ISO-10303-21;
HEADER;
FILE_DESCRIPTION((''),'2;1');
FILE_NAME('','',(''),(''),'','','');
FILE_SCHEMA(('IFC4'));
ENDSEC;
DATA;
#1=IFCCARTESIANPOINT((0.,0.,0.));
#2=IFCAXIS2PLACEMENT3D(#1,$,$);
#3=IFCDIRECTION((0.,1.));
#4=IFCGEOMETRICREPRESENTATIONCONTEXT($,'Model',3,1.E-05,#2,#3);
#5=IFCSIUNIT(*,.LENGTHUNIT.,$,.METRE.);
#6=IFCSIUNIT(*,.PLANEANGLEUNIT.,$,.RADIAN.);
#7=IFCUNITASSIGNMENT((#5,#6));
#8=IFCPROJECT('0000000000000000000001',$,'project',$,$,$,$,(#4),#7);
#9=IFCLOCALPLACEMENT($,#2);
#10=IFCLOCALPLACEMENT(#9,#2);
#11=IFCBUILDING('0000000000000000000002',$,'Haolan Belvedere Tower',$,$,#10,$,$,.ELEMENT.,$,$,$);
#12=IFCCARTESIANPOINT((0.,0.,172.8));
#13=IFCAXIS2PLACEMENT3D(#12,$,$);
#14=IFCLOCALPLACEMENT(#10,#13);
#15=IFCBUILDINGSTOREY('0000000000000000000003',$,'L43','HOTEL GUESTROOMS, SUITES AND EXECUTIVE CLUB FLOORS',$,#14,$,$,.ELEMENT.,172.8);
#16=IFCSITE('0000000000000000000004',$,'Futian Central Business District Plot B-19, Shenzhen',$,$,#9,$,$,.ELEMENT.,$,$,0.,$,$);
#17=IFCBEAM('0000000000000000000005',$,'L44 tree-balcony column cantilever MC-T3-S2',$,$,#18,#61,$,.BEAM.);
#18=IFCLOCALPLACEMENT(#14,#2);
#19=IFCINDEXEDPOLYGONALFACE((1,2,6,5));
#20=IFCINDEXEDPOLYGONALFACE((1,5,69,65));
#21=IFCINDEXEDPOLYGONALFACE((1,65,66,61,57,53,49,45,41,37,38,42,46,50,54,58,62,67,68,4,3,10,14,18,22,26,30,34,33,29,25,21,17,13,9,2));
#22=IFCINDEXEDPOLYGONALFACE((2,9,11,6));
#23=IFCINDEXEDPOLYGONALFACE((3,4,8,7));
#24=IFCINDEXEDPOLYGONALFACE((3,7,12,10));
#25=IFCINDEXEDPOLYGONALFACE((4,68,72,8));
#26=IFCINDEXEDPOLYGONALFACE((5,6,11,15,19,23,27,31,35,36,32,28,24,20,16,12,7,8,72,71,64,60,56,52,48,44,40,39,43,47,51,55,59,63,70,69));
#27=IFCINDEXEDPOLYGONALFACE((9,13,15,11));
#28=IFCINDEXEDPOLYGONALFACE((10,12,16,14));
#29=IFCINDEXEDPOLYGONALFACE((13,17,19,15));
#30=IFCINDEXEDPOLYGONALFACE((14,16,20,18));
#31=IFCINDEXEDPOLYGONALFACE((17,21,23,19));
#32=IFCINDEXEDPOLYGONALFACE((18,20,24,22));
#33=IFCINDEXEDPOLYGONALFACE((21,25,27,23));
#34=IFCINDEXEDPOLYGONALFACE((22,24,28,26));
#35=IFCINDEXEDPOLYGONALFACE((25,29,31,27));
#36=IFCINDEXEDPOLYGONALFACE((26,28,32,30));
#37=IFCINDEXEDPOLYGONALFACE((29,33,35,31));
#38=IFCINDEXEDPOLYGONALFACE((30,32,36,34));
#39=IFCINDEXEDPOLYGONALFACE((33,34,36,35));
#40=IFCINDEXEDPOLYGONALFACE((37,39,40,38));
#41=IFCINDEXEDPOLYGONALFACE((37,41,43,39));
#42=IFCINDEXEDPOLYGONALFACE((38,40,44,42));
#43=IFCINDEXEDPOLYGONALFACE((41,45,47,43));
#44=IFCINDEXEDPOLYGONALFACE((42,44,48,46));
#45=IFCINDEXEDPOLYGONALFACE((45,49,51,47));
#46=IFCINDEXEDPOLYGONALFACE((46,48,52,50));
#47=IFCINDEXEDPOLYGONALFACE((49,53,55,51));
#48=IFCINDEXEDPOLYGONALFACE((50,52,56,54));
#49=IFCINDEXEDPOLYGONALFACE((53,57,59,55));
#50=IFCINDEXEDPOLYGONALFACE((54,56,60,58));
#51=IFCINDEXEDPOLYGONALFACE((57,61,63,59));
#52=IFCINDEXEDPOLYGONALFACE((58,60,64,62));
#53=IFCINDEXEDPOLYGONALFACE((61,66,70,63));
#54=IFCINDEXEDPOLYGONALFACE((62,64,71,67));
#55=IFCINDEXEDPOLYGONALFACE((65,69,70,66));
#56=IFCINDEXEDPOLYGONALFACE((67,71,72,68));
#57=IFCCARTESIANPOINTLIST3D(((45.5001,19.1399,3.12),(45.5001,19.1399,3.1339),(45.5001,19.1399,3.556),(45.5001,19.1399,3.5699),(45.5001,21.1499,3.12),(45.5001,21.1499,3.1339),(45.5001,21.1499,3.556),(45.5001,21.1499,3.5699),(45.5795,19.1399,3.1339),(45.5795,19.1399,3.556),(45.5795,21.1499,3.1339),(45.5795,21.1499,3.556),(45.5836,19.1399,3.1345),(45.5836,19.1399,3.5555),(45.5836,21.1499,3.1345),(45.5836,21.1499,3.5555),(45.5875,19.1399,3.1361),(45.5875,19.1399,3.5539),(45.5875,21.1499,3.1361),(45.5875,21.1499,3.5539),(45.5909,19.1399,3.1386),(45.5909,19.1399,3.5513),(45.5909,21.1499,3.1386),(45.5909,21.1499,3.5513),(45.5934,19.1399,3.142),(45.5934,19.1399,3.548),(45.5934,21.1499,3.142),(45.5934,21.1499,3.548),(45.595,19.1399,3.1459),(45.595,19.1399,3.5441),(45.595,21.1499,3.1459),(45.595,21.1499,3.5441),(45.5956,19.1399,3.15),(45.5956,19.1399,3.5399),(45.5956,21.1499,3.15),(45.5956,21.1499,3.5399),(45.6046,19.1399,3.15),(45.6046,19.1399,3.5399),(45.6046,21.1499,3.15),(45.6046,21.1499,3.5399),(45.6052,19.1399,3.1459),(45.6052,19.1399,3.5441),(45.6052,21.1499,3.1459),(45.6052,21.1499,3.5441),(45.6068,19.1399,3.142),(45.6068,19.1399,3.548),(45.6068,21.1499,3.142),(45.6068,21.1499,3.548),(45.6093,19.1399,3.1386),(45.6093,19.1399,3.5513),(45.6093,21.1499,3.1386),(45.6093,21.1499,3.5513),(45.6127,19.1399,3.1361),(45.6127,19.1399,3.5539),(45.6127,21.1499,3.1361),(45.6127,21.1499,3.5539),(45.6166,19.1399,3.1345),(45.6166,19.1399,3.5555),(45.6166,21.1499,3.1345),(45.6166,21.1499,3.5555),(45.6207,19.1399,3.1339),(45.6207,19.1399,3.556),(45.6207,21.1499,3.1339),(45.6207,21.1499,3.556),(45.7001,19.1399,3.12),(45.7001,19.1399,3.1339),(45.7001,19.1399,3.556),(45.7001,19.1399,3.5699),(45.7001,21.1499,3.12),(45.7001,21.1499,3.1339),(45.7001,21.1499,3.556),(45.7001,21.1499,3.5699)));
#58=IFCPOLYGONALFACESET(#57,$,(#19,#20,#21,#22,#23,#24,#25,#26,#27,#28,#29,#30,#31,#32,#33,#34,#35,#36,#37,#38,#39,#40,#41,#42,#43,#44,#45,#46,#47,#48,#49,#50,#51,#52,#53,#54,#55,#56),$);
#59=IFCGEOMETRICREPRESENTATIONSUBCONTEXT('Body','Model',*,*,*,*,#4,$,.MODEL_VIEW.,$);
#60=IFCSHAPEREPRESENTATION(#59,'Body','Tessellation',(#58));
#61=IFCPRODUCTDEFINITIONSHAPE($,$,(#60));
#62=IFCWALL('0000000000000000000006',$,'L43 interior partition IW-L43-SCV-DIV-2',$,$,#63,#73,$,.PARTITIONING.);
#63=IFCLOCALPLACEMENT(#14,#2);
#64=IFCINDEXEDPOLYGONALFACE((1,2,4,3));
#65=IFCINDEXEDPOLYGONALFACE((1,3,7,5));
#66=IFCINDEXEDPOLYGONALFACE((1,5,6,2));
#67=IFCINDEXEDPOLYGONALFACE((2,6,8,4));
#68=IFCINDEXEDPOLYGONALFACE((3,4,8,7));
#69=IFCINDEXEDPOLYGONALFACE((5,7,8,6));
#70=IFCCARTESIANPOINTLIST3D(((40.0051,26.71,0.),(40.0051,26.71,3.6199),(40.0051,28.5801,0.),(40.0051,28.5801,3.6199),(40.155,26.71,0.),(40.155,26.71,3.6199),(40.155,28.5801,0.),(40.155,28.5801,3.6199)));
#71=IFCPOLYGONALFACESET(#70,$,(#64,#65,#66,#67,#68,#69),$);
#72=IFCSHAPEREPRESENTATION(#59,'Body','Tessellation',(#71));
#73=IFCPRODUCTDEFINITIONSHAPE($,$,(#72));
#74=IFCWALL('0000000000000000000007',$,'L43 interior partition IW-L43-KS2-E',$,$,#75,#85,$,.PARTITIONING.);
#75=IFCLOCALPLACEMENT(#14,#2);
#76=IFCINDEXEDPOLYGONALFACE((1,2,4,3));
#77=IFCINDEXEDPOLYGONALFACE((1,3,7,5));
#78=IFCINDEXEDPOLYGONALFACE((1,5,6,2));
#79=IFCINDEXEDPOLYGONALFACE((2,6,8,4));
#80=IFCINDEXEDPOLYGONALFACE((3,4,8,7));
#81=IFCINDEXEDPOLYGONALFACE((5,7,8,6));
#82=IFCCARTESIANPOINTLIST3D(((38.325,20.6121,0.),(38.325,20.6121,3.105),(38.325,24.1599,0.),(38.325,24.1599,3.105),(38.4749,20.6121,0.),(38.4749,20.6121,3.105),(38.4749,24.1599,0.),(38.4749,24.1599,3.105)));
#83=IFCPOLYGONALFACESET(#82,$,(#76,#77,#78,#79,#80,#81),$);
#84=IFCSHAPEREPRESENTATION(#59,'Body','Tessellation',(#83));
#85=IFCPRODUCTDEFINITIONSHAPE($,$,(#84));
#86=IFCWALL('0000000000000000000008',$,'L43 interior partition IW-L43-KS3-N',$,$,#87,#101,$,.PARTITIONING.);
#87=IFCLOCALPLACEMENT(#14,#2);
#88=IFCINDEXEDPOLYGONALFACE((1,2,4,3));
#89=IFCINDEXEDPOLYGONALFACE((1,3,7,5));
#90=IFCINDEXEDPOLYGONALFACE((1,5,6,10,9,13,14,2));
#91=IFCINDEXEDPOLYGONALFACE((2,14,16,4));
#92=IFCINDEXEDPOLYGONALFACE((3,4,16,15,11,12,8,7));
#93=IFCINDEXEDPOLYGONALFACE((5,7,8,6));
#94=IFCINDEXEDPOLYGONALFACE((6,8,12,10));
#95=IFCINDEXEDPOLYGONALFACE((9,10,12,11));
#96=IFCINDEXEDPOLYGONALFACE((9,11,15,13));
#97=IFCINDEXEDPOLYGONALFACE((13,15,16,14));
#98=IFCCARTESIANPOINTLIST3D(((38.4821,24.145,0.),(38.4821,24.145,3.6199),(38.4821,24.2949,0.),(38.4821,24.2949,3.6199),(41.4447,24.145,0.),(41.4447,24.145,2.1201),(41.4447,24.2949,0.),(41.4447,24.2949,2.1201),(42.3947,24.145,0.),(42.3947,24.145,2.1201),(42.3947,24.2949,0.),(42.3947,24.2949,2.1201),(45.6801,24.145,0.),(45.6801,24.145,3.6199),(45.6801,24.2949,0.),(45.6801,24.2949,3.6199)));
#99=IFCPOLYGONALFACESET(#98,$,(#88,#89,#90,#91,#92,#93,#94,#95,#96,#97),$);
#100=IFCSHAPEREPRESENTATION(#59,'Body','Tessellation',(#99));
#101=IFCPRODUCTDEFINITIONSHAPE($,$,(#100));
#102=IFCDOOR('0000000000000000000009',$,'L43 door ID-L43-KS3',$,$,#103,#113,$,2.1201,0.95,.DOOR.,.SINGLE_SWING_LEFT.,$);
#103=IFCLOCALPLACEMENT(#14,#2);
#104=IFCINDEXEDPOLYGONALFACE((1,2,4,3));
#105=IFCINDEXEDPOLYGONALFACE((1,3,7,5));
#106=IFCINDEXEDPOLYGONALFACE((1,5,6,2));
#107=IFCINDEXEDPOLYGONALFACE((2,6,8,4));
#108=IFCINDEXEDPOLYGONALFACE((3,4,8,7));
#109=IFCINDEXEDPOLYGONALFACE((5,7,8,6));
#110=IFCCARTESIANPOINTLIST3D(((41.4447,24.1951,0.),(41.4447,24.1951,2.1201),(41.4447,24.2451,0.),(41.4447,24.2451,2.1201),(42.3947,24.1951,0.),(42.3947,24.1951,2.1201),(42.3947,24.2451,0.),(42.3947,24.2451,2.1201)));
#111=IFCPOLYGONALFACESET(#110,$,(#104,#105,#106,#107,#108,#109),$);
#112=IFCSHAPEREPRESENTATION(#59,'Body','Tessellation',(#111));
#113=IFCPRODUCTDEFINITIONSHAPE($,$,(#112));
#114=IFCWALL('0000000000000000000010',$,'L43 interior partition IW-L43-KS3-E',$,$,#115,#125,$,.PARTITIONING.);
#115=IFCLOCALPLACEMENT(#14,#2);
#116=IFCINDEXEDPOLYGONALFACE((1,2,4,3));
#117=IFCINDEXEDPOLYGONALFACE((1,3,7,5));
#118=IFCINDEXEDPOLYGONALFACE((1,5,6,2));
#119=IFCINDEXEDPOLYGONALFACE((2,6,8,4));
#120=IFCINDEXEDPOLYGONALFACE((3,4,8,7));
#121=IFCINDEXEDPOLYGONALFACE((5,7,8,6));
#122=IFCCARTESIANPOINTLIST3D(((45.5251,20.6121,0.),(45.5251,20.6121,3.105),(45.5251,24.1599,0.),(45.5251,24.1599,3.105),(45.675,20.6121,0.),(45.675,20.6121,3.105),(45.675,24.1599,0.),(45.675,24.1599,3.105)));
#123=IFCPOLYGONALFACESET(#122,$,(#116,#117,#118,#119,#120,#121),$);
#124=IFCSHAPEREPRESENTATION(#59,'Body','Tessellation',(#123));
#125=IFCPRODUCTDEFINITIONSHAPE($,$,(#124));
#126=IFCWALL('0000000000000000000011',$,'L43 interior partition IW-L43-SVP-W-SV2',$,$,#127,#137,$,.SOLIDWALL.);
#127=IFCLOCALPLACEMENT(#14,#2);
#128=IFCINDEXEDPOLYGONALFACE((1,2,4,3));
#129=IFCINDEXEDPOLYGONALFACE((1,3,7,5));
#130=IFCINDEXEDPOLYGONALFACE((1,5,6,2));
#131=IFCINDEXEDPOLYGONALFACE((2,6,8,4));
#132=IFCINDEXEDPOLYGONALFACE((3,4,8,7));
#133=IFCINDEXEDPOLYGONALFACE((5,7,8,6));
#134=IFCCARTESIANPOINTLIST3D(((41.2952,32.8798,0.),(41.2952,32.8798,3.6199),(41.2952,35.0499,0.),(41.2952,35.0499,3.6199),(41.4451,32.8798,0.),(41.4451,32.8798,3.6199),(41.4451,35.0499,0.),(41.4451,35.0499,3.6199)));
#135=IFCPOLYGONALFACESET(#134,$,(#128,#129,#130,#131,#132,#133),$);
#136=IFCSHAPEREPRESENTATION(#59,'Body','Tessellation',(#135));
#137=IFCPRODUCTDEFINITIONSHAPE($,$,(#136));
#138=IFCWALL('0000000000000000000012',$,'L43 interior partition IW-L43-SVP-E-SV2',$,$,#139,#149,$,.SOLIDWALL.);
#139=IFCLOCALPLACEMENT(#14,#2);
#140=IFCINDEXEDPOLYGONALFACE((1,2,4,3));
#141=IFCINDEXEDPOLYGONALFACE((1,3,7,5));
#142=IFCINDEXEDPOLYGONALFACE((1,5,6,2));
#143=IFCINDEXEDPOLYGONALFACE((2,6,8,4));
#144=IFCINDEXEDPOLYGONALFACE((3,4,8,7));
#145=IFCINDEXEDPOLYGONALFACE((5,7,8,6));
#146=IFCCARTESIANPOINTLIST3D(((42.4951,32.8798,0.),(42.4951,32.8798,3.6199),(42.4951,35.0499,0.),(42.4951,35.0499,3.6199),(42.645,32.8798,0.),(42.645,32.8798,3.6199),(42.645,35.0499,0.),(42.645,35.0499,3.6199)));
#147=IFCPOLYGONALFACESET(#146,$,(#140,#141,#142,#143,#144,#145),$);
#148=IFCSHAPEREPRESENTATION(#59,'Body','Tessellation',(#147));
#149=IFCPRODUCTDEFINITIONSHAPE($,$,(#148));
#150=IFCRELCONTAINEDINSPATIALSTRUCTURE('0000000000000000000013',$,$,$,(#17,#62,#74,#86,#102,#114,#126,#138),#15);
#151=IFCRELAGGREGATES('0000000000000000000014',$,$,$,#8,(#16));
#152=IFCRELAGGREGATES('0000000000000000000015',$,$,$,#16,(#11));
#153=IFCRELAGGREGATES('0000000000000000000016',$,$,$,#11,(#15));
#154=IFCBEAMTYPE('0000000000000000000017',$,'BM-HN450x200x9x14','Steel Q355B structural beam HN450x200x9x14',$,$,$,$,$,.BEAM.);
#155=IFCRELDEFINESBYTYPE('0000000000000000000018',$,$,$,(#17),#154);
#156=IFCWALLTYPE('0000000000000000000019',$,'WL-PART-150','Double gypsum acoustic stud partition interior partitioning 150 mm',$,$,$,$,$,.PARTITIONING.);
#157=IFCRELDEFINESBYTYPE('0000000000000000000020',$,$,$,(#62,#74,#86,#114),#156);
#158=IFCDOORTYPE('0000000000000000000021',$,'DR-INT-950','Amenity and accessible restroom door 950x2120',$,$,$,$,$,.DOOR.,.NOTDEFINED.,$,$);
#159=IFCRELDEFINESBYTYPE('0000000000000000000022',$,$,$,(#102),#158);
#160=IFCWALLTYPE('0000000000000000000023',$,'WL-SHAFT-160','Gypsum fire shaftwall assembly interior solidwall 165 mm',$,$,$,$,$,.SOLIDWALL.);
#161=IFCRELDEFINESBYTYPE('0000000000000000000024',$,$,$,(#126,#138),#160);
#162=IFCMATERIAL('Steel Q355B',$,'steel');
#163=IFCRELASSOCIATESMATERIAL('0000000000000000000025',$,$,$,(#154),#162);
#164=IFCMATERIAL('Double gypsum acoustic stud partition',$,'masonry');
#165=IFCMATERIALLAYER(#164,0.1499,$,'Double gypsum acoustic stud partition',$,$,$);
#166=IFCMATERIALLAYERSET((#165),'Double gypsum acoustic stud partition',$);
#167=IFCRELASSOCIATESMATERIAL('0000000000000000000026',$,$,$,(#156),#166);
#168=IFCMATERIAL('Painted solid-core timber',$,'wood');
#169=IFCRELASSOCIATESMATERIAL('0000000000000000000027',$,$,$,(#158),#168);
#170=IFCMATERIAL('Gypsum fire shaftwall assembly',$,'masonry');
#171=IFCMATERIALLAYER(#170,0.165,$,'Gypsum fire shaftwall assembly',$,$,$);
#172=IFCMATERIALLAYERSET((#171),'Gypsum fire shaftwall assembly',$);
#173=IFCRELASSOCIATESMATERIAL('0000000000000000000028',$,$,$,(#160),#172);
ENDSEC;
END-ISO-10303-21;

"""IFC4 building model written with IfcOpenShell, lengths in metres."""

from ifc_helpers import new_model, si_unit, direction, frame, frame_2d, origin, origin_2d, place, context, subcontext, project, spatial, rectangle, i_section, extrude, material, layer, layer_set, material_profile, profile_set, type_object, element, fill, save


model = new_model("IFC4")

# Units and contexts
model_context = context("Model", 3, precision=1e-05, world=origin(), true_north=direction((0.0, 1.0)))
body_context = subcontext(model_context, "Body", "Model", "MODEL_VIEW")
ifc_project = project(units=[si_unit("LENGTHUNIT", "METRE"), si_unit("PLANEANGLEUNIT", "RADIAN")], contexts=[model_context])

# Site, building, storey
site_placement = place(None, origin())
site = spatial("IfcSite", under=ifc_project, at=site_placement, Name="Futian Central Business District Plot B-19, Shenzhen", CompositionType="ELEMENT", RefElevation=0.0)
building_placement = place(site_placement, origin())
building = spatial("IfcBuilding", under=site, at=building_placement, Name="Haolan Belvedere Tower", CompositionType="ELEMENT")
storey_placement = place(building_placement, frame((0.0, 0.0, 172.8)))
storey = spatial("IfcBuildingStorey", under=building, at=storey_placement, Name="L43", Description="HOTEL GUESTROOMS, SUITES AND EXECUTIVE CLUB FLOORS", CompositionType="ELEMENT", Elevation=172.8)

# Beam
ifc_material_1 = material(Name="Steel Q355B", Category="steel")
ifc_material_profile_1 = material_profile(ifc_material_1, i_section(OverallWidth=0.2, OverallDepth=0.45, WebThickness=0.009, FlangeThickness=0.0139, FilletRadius=0.0161, at=origin_2d()), Name="Steel Q355B")
ifc_profile_set_1 = profile_set([ifc_material_profile_1], Name="Steel Q355B")
beam_type_1 = type_object("IfcBeamType", Name="BM-HN450x200x9x14", Description="Steel Q355B structural beam HN450x200x9x14", PredefinedType="BEAM", material=ifc_profile_set_1)
beam_1_placement = place(storey_placement, frame((45.6001, 21.1499, 3.345), z_axis=(0.0, -1.0, 0.0), x_axis=(1.0, 0.0, 0.0)))
element("IfcBeam", 1, at=beam_1_placement, inside=storey, type_object=beam_type_1, Name="L44 tree-balcony column cantilever MC-T3-S2", PredefinedType="BEAM", context=body_context, shape_type="SweptSolid", body=[
    extrude(i_section(OverallWidth=0.2, OverallDepth=0.45, WebThickness=0.009, FlangeThickness=0.0139, FilletRadius=0.0161, at=origin_2d()), origin(), (0.0, 0.0, 1.0), 2.01),
])

# Walls
ifc_material_2 = material(Name="Double gypsum acoustic stud partition", Category="masonry")
ifc_layer_1 = layer(ifc_material_2, 0.1499, Name="Double gypsum acoustic stud partition")
ifc_layer_set_1 = layer_set([ifc_layer_1], Name="Double gypsum acoustic stud partition")
wall_type_1 = type_object("IfcWallType", Name="WL-PART-150", Description="Double gypsum acoustic stud partition interior partitioning 150 mm", PredefinedType="PARTITIONING", material=ifc_layer_set_1)
wall_1_placement = place(storey_placement, frame((40.0801, 26.71, 0.0), z_axis=(0.0, 0.0, 1.0), x_axis=(0.0, 1.0, 0.0)))
element("IfcWall", 2, at=wall_1_placement, inside=storey, type_object=wall_type_1, Name="L43 interior partition IW-L43-SCV-DIV-2", PredefinedType="PARTITIONING", context=body_context, shape_type="SweptSolid", body=[
    extrude(rectangle(XDim=1.8701, YDim=0.1499, at=frame_2d((0.9351, 0.0))), origin(), (0.0, 0.0, 1.0), 3.6199),
])
wall_2_placement = place(storey_placement, frame((38.3999, 20.6121, 0.0), z_axis=(0.0, 0.0, 1.0), x_axis=(0.0, 1.0, 0.0)))
element("IfcWall", 3, at=wall_2_placement, inside=storey, type_object=wall_type_1, Name="L43 interior partition IW-L43-KS2-E", PredefinedType="PARTITIONING", context=body_context, shape_type="SweptSolid", body=[
    extrude(rectangle(XDim=3.5479, YDim=0.1499, at=frame_2d((1.7739, 0.0))), origin(), (0.0, 0.0, 1.0), 3.105),
])

# Wall, opening, door
wall_3_placement = place(storey_placement, frame((38.4819, 24.22, 0.0), z_axis=(0.0, 0.0, 1.0), x_axis=(1.0, 0.0, 0.0)))
wall_3 = element("IfcWall", 4, at=wall_3_placement, inside=storey, type_object=wall_type_1, Name="L43 interior partition IW-L43-KS3-N", PredefinedType="PARTITIONING", context=body_context, shape_type="SweptSolid", body=[
    extrude(rectangle(XDim=7.198, YDim=0.1499, at=frame_2d((3.5991, 0.0))), origin(), (0.0, 0.0, 1.0), 3.6199),
])
opening_1_placement = place(wall_3_placement, frame((3.9128, 0.0, 0.0), z_axis=(0.0, 0.0, 1.0), x_axis=(-1.0, 0.0, 0.0)))
opening_1 = element("IfcOpeningElement", 5, at=opening_1_placement, cuts=wall_3, PredefinedType="OPENING", context=body_context, shape_type="SweptSolid", body=[
    extrude(rectangle(XDim=0.95, YDim=2.1201, at=frame_2d((0.4751, 1.0601))), frame((0.0, 0.085, 0.0), z_axis=(0.0, -1.0, 0.0), x_axis=(1.0, 0.0, 0.0)), (0.0, 0.0, 1.0), 0.1699),
])
ifc_material_3 = material(Name="Painted solid-core timber", Category="wood")
door_type_1 = type_object("IfcDoorType", Name="DR-INT-950", Description="Amenity and accessible restroom door 950x2120", OperationType="NOTDEFINED", PredefinedType="DOOR", material=ifc_material_3)
door_1_placement = place(opening_1_placement, origin())
door_1 = element("IfcDoor", 6, at=door_1_placement, inside=storey, type_object=door_type_1, Name="L43 door ID-L43-KS3", OperationType="SINGLE_SWING_LEFT", OverallHeight=2.1201, OverallWidth=0.95, PredefinedType="DOOR", context=body_context, shape_type="SweptSolid", body=[
    extrude(rectangle(XDim=0.95, YDim=2.1201, at=frame_2d((0.4751, 1.0601))), frame((0.0, 0.0249, 0.0), z_axis=(0.0, -1.0, 0.0), x_axis=(1.0, 0.0, 0.0)), (0.0, 0.0, 1.0), 0.05),
])
fill(opening_1, door_1)

# Walls
wall_4_placement = place(storey_placement, frame((45.6001, 20.6121, 0.0), z_axis=(0.0, 0.0, 1.0), x_axis=(0.0, 1.0, 0.0)))
element("IfcWall", 7, at=wall_4_placement, inside=storey, type_object=wall_type_1, Name="L43 interior partition IW-L43-KS3-E", PredefinedType="PARTITIONING", context=body_context, shape_type="SweptSolid", body=[
    extrude(rectangle(XDim=3.5479, YDim=0.1499, at=frame_2d((1.7739, 0.0))), origin(), (0.0, 0.0, 1.0), 3.105),
])
ifc_material_4 = material(Name="Gypsum fire shaftwall assembly", Category="masonry")
ifc_layer_2 = layer(ifc_material_4, 0.165, Name="Gypsum fire shaftwall assembly")
ifc_layer_set_2 = layer_set([ifc_layer_2], Name="Gypsum fire shaftwall assembly")
wall_type_2 = type_object("IfcWallType", Name="WL-SHAFT-160", Description="Gypsum fire shaftwall assembly interior solidwall 165 mm", PredefinedType="SOLIDWALL", material=ifc_layer_set_2)
for number, where, z_axis, x_axis, name in (
    (8, (41.3701, 32.8799, 0.0), (0.0, 0.0, 1.0), (0.0, 1.0, 0.0), "L43 interior partition IW-L43-SVP-W-SV2"),
    (9, (42.5701, 32.8799, 0.0), (0.0, 0.0, 1.0), (0.0, 1.0, 0.0), "L43 interior partition IW-L43-SVP-E-SV2"),
):
    element("IfcWall", number, at=place(storey_placement, frame(where, z_axis=z_axis, x_axis=x_axis)), inside=storey, type_object=wall_type_2, Name=name, PredefinedType="SOLIDWALL", context=body_context, shape_type="SweptSolid", body=[
        extrude(rectangle(XDim=2.1702, YDim=0.1499, at=frame_2d((1.085, 0.0))), origin(), (0.0, 0.0, 1.0), 3.6199),
    ])

save(model, "model.ifc")
